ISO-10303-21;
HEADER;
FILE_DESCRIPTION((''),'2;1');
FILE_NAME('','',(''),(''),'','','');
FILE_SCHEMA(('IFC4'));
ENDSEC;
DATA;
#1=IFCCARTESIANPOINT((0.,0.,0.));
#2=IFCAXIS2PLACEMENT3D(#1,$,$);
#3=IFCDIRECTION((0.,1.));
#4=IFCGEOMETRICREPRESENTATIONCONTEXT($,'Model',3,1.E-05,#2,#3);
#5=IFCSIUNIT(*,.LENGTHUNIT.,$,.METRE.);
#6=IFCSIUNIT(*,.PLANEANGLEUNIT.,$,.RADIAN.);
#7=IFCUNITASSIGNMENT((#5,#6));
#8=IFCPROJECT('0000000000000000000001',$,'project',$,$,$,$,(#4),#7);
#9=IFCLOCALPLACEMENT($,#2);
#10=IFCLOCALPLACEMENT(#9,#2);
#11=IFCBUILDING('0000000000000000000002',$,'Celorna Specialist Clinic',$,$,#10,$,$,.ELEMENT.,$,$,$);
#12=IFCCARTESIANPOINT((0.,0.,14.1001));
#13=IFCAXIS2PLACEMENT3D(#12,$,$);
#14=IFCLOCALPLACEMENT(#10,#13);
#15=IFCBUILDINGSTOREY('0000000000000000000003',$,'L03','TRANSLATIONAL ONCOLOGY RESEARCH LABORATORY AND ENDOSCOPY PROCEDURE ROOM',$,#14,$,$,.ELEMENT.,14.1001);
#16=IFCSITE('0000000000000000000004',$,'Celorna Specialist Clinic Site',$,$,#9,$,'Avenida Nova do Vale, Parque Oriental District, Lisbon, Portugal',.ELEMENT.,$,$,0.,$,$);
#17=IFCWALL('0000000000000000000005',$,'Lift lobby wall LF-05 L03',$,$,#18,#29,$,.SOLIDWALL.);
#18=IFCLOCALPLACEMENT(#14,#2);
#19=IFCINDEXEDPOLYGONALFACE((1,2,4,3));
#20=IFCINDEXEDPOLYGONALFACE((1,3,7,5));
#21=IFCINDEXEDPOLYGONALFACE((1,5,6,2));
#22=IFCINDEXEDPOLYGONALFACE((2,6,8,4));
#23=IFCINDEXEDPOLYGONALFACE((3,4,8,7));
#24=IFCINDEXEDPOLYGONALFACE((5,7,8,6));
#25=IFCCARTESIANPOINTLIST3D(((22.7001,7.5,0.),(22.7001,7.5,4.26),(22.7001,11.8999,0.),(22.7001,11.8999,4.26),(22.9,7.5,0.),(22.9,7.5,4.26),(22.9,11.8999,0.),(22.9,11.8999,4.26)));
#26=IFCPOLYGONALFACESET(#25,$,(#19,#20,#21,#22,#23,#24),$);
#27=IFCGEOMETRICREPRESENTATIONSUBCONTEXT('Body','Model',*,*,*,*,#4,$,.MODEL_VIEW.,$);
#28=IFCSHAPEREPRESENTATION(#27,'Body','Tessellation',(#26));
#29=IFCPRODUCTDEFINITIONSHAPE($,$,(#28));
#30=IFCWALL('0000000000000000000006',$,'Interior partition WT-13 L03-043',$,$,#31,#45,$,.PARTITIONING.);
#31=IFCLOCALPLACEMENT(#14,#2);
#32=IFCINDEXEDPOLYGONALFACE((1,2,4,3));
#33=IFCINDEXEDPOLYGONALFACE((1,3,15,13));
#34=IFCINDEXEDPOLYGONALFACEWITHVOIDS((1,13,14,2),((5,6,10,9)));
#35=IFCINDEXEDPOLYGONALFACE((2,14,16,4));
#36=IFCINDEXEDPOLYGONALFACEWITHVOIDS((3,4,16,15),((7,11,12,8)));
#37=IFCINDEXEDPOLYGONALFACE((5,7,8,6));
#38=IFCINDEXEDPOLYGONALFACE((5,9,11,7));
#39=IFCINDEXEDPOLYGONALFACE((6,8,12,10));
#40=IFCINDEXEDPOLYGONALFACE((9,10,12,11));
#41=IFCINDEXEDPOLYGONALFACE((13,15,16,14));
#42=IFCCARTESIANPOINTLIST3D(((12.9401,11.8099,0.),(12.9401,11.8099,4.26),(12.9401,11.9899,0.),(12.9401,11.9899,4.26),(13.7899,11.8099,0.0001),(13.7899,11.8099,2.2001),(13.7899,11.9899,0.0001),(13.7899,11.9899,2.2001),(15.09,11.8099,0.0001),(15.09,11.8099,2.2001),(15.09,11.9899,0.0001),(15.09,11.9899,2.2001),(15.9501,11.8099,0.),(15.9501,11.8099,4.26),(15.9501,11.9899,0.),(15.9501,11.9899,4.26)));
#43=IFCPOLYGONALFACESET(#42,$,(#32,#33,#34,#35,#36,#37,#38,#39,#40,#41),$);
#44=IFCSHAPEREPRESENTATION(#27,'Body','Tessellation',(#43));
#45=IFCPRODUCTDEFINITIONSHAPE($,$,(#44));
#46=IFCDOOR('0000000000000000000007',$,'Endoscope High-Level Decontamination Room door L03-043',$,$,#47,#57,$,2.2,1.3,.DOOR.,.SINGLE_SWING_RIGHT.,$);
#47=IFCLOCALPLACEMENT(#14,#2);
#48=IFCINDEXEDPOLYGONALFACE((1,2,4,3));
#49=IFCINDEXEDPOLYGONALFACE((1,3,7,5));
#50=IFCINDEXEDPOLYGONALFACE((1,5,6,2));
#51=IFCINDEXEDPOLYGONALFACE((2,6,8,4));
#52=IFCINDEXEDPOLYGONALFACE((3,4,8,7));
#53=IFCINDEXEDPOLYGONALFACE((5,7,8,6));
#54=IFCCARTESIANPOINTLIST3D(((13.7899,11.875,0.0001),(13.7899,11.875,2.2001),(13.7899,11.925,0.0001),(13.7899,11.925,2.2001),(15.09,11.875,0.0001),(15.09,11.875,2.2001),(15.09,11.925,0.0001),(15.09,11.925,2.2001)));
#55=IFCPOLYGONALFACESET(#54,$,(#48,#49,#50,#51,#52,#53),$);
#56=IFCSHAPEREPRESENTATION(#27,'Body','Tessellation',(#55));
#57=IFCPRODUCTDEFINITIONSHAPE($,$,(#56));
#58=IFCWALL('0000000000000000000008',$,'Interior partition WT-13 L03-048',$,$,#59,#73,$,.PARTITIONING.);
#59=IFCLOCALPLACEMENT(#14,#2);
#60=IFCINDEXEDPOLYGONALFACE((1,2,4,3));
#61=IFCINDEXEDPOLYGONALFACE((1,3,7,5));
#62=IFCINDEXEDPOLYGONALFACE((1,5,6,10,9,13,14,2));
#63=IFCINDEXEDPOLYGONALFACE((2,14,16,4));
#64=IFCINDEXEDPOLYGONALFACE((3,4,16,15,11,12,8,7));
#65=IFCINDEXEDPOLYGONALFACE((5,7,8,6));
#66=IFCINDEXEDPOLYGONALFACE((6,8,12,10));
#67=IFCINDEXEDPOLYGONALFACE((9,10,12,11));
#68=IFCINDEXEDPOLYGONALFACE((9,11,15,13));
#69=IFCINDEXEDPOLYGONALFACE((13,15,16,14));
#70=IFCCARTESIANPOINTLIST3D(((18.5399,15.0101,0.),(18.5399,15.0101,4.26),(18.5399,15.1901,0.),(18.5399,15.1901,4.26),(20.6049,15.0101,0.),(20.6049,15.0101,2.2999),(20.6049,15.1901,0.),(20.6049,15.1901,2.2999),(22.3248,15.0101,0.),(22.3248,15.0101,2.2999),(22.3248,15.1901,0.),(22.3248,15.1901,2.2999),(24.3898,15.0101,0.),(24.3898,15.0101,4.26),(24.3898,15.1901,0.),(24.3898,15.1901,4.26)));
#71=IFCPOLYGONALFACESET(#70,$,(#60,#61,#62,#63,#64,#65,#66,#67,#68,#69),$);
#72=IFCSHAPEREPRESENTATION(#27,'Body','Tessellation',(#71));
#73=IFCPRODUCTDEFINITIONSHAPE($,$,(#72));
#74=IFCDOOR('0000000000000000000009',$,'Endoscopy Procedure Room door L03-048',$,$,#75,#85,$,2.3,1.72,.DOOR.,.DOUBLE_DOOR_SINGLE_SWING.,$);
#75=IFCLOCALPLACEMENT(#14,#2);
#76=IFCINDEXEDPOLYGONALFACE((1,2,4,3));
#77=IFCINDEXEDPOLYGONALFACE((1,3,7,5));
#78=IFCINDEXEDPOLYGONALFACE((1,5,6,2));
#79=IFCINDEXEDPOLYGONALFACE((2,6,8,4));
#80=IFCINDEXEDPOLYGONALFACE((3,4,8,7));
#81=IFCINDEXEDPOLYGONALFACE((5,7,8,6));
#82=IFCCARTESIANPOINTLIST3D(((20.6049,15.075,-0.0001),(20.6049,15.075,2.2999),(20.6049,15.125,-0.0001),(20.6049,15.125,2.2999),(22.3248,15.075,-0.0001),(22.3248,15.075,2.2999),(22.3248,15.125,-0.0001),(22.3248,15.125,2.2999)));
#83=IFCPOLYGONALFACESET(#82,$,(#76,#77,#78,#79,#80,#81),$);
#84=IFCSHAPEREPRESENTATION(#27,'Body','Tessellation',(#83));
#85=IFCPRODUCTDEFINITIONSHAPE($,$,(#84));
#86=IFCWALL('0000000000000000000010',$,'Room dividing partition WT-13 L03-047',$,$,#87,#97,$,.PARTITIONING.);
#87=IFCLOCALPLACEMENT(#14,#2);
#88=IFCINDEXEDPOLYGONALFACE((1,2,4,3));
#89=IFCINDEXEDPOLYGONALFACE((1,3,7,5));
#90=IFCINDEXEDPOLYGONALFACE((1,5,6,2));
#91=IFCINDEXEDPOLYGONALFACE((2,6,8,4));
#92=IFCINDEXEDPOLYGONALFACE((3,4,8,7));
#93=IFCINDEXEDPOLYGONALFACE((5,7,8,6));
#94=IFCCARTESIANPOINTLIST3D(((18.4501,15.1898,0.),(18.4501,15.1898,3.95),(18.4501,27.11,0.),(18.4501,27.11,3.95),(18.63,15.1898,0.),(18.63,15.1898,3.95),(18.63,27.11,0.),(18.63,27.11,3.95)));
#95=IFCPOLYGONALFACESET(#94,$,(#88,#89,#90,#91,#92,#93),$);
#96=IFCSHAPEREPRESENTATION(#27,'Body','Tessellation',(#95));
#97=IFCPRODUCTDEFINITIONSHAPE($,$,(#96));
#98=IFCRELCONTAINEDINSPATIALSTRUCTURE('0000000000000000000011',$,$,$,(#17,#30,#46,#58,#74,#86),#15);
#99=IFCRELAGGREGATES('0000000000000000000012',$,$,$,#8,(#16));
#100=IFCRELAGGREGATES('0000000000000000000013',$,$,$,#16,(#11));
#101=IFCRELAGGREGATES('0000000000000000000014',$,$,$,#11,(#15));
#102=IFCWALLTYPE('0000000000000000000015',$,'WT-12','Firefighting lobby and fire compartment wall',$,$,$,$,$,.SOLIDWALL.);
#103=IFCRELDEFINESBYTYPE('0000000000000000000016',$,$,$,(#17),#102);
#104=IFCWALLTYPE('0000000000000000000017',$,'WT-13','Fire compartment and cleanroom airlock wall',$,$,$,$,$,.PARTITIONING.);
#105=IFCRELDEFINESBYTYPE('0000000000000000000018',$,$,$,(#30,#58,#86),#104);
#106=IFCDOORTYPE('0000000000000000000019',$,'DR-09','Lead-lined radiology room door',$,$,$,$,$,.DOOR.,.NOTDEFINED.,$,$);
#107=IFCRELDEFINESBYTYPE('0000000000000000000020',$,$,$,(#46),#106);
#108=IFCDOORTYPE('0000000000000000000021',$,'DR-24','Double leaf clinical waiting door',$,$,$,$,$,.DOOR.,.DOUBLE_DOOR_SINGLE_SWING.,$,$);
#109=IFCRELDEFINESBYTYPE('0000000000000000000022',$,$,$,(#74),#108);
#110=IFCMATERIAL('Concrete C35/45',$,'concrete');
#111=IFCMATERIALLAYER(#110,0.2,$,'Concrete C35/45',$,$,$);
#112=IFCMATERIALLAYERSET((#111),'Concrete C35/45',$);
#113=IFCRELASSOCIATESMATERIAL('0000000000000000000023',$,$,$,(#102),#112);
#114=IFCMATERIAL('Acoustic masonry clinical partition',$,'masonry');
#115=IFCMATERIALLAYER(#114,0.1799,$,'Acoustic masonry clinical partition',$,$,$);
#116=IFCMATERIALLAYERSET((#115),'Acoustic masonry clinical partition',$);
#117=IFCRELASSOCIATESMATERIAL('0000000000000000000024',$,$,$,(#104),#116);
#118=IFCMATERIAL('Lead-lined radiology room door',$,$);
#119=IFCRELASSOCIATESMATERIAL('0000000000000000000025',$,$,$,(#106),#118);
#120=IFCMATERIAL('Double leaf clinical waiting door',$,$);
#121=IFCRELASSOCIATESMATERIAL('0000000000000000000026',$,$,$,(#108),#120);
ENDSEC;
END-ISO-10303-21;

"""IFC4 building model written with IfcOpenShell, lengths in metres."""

from ifc_helpers import new_model, si_unit, direction, frame, frame_2d, origin, place, context, subcontext, project, spatial, rectangle, extrude, material, layer, layer_set, type_object, element, fill, save


model = new_model("IFC4")

# Units and contexts
model_context = context("Model", 3, precision=1e-05, world=origin(), true_north=direction((0.0, 1.0)))
body_context = subcontext(model_context, "Body", "Model", "MODEL_VIEW")
ifc_project = project(units=[si_unit("LENGTHUNIT", "METRE"), si_unit("PLANEANGLEUNIT", "RADIAN")], contexts=[model_context])

# Site, building, storey
site_placement = place(None, origin())
site = spatial("IfcSite", under=ifc_project, at=site_placement, Name="Celorna Specialist Clinic Site", LongName="Avenida Nova do Vale, Parque Oriental District, Lisbon, Portugal", CompositionType="ELEMENT", RefElevation=0.0)
building_placement = place(site_placement, origin())
building = spatial("IfcBuilding", under=site, at=building_placement, Name="Celorna Specialist Clinic", CompositionType="ELEMENT")
storey_placement = place(building_placement, frame((0.0, 0.0, 14.1001)))
storey = spatial("IfcBuildingStorey", under=building, at=storey_placement, Name="L03", Description="TRANSLATIONAL ONCOLOGY RESEARCH LABORATORY AND ENDOSCOPY PROCEDURE ROOM", CompositionType="ELEMENT", Elevation=14.1001)

# Shared definitions
ifc_material_1 = material(Name="Concrete C35/45", Category="concrete")

# Shared definitions
ifc_layer_1 = layer(ifc_material_1, 0.2, Name="Concrete C35/45")
ifc_layer_set_1 = layer_set([ifc_layer_1], Name="Concrete C35/45")
wall_type_1 = type_object("IfcWallType", Name="WT-12", Description="Firefighting lobby and fire compartment wall", PredefinedType="SOLIDWALL", material=ifc_layer_set_1)

# Wall
for number, where, z_axis, x_axis, name in (
    (1, (22.8, 7.5, 0.0), (0.0, 0.0, 1.0), (0.0, 1.0, 0.0), "Lift lobby wall LF-05 L03"),
):
    element("IfcWall", number, at=place(storey_placement, frame(where, z_axis=z_axis, x_axis=x_axis)), inside=storey, type_object=wall_type_1, Name=name, PredefinedType="SOLIDWALL", context=body_context, shape_type="SweptSolid", body=[
        extrude(rectangle(XDim=4.3999, YDim=0.2, at=frame_2d((2.2, 0.0))), origin(), (0.0, 0.0, 1.0), 4.26),
    ])

# Walls, openings, doors
ifc_material_2 = material(Name="Acoustic masonry clinical partition", Category="masonry")
ifc_layer_2 = layer(ifc_material_2, 0.1799, Name="Acoustic masonry clinical partition")
ifc_layer_set_2 = layer_set([ifc_layer_2], Name="Acoustic masonry clinical partition")
wall_type_2 = type_object("IfcWallType", Name="WT-13", Description="Fire compartment and cleanroom airlock wall", PredefinedType="PARTITIONING", material=ifc_layer_set_2)
wall_1_placement = place(storey_placement, frame((15.95, 11.8999, 0.0), z_axis=(0.0, 0.0, 1.0), x_axis=(-1.0, 0.0, 0.0)))
wall_1 = element("IfcWall", 2, at=wall_1_placement, inside=storey, type_object=wall_type_2, Name="Interior partition WT-13 L03-043", PredefinedType="PARTITIONING", context=body_context, shape_type="SweptSolid", body=[
    extrude(rectangle(XDim=3.01, YDim=0.1799, at=frame_2d((1.5049, 0.0))), origin(), (0.0, 0.0, 1.0), 4.26),
])
opening_1_placement = place(wall_1_placement, frame((0.8601, 0.0, 0.0)))
opening_1 = element("IfcOpeningElement", 3, at=opening_1_placement, cuts=wall_1, PredefinedType="OPENING", context=body_context, shape_type="SweptSolid", body=[
    extrude(rectangle(XDim=1.3, YDim=2.2, at=frame_2d((0.6499, 1.1001))), frame((0.0, 0.0999, 0.0), z_axis=(0.0, -1.0, 0.0), x_axis=(1.0, 0.0, 0.0)), (0.0, 0.0, 1.0), 0.2),
])
ifc_material_3 = material(Name="Lead-lined radiology room door")
door_type_1 = type_object("IfcDoorType", Name="DR-09", Description="Lead-lined radiology room door", OperationType="NOTDEFINED", PredefinedType="DOOR", material=ifc_material_3)
door_1_placement = place(opening_1_placement, origin())
door_1 = element("IfcDoor", 4, at=door_1_placement, inside=storey, type_object=door_type_1, Name="Endoscope High-Level Decontamination Room door L03-043", OperationType="SINGLE_SWING_RIGHT", OverallHeight=2.2, OverallWidth=1.3, PredefinedType="DOOR", context=body_context, shape_type="SweptSolid", body=[
    extrude(rectangle(XDim=1.3, YDim=2.2, at=frame_2d((0.6499, 1.1001))), frame((0.0, 0.0249, 0.0), z_axis=(0.0, -1.0, 0.0), x_axis=(1.0, 0.0, 0.0)), (0.0, 0.0, 1.0), 0.05),
])
fill(opening_1, door_1)
wall_2_placement = place(storey_placement, frame((18.54, 15.1001, 0.0), z_axis=(0.0, 0.0, 1.0), x_axis=(1.0, 0.0, 0.0)))
wall_2 = element("IfcWall", 5, at=wall_2_placement, inside=storey, type_object=wall_type_2, Name="Interior partition WT-13 L03-048", PredefinedType="PARTITIONING", context=body_context, shape_type="SweptSolid", body=[
    extrude(rectangle(XDim=5.8499, YDim=0.1799, at=frame_2d((2.9248, 0.0))), origin(), (0.0, 0.0, 1.0), 4.26),
])
opening_2_placement = place(wall_2_placement, frame((2.0649, 0.0, 0.0)))
opening_2 = element("IfcOpeningElement", 6, at=opening_2_placement, cuts=wall_2, PredefinedType="OPENING", context=body_context, shape_type="SweptSolid", body=[
    extrude(rectangle(XDim=1.72, YDim=2.3, at=frame_2d((0.8599, 1.1499))), frame((0.0, 0.0999, 0.0), z_axis=(0.0, -1.0, 0.0), x_axis=(1.0, 0.0, 0.0)), (0.0, 0.0, 1.0), 0.2),
])
ifc_material_4 = material(Name="Double leaf clinical waiting door")
door_type_2 = type_object("IfcDoorType", Name="DR-24", Description="Double leaf clinical waiting door", OperationType="DOUBLE_DOOR_SINGLE_SWING", PredefinedType="DOOR", material=ifc_material_4)
door_2_placement = place(opening_2_placement, origin())
door_2 = element("IfcDoor", 7, at=door_2_placement, inside=storey, type_object=door_type_2, Name="Endoscopy Procedure Room door L03-048", OperationType="DOUBLE_DOOR_SINGLE_SWING", OverallHeight=2.3, OverallWidth=1.72, PredefinedType="DOOR", context=body_context, shape_type="SweptSolid", body=[
    extrude(rectangle(XDim=1.72, YDim=2.3, at=frame_2d((0.8599, 1.1499))), frame((0.0, 0.0249, 0.0), z_axis=(0.0, -1.0, 0.0), x_axis=(1.0, 0.0, 0.0)), (0.0, 0.0, 1.0), 0.05),
])
fill(opening_2, door_2)

# Wall
wall_3_placement = place(storey_placement, frame((18.54, 15.1899, 0.0), z_axis=(0.0, 0.0, 1.0), x_axis=(0.0, 1.0, 0.0)))
element("IfcWall", 8, at=wall_3_placement, inside=storey, type_object=wall_type_2, Name="Room dividing partition WT-13 L03-047", PredefinedType="PARTITIONING", context=body_context, shape_type="SweptSolid", body=[
    extrude(rectangle(XDim=11.9202, YDim=0.1799, at=frame_2d((5.96, 0.0))), origin(), (0.0, 0.0, 1.0), 3.95),
])

save(model, "model.ifc")
